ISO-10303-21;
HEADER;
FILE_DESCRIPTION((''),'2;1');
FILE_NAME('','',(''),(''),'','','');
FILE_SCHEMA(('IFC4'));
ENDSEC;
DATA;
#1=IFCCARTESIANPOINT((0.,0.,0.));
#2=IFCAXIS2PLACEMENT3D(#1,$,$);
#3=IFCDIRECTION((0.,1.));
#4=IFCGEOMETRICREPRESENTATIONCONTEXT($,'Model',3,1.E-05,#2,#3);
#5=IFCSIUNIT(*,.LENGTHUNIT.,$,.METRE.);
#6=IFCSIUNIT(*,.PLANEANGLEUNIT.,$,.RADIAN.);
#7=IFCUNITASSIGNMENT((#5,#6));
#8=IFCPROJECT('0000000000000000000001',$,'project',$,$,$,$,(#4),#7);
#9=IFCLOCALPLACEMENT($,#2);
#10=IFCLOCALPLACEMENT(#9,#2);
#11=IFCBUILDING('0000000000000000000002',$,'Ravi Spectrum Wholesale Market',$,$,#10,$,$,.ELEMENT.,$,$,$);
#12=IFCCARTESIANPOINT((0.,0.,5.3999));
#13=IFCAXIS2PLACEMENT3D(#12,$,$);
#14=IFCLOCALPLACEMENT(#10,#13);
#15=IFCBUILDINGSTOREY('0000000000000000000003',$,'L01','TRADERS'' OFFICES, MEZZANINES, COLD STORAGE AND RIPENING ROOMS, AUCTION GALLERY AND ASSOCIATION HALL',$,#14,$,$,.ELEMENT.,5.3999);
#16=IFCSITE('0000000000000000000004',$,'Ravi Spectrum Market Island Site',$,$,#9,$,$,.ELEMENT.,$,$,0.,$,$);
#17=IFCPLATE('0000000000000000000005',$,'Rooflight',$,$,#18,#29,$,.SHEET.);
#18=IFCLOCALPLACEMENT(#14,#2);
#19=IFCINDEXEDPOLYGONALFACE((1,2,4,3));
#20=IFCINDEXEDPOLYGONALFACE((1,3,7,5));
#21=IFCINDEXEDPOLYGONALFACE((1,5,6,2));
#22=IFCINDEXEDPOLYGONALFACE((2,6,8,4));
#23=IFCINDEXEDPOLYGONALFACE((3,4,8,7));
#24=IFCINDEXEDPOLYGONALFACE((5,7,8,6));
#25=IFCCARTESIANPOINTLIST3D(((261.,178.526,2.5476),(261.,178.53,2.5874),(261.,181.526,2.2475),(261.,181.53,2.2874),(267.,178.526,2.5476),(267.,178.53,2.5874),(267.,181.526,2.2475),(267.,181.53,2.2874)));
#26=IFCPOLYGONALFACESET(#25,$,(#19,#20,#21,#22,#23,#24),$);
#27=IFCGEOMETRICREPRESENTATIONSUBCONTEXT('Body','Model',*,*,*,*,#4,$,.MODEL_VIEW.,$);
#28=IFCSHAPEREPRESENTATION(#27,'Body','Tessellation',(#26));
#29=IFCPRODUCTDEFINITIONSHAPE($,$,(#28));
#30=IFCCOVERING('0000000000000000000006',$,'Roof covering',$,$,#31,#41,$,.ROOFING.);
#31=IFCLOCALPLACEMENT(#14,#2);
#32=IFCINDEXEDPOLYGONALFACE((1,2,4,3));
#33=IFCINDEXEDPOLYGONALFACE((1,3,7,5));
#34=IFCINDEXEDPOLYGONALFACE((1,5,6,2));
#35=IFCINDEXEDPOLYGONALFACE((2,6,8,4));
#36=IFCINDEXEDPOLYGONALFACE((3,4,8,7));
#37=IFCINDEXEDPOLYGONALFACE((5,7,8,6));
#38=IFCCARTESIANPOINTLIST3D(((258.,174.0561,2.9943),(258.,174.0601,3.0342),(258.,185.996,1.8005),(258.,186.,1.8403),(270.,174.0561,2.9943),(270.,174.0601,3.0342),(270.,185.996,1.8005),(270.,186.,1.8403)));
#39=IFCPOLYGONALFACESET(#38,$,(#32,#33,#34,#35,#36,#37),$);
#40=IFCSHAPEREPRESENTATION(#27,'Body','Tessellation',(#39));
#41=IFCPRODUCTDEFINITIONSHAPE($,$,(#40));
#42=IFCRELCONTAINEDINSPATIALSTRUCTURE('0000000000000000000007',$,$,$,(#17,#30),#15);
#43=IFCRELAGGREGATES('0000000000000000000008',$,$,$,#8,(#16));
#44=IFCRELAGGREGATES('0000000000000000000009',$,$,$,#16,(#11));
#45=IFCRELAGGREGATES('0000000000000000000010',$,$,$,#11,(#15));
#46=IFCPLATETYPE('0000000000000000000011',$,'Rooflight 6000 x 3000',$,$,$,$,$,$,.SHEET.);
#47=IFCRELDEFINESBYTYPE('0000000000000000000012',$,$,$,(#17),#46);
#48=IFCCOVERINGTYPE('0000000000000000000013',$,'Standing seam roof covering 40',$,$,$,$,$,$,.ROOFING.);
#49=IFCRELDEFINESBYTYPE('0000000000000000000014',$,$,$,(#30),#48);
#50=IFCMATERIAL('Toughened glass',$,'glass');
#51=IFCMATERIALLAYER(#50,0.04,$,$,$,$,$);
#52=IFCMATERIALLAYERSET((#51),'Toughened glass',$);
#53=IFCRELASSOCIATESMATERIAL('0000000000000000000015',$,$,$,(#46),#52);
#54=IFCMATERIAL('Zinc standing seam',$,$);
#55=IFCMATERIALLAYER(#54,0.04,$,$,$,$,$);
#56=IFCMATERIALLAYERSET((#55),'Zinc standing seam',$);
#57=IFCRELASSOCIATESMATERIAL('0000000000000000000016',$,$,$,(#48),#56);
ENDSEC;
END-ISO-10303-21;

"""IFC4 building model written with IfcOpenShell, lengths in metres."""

from ifc_helpers import new_model, si_unit, direction, frame, origin, place, context, subcontext, project, spatial, polyline, outline, extrude, material, layer, layer_set, type_object, element, save


model = new_model("IFC4")

# Units and contexts
model_context = context("Model", 3, precision=1e-05, world=origin(), true_north=direction((0.0, 1.0)))
body_context = subcontext(model_context, "Body", "Model", "MODEL_VIEW")
ifc_project = project(units=[si_unit("LENGTHUNIT", "METRE"), si_unit("PLANEANGLEUNIT", "RADIAN")], contexts=[model_context])

# Site, building, storey
site_placement = place(None, origin())
site = spatial("IfcSite", under=ifc_project, at=site_placement, Name="Ravi Spectrum Market Island Site", CompositionType="ELEMENT", RefElevation=0.0)
building_placement = place(site_placement, origin())
building = spatial("IfcBuilding", under=site, at=building_placement, Name="Ravi Spectrum Wholesale Market", CompositionType="ELEMENT")
storey_placement = place(building_placement, frame((0.0, 0.0, 5.3999)))
storey = spatial("IfcBuildingStorey", under=building, at=storey_placement, Name="L01", Description="TRADERS' OFFICES, MEZZANINES, COLD STORAGE AND RIPENING ROOMS, AUCTION GALLERY AND ASSOCIATION HALL", CompositionType="ELEMENT", Elevation=5.3999)

# Plate
ifc_material_1 = material(Name="Toughened glass", Category="glass")
ifc_layer_1 = layer(ifc_material_1, 0.04)
ifc_layer_set_1 = layer_set([ifc_layer_1], Name="Toughened glass")
plate_type = type_object("IfcPlateType", Name="Rooflight 6000 x 3000", PredefinedType="SHEET", material=ifc_layer_set_1)
plate_placement = place(storey_placement, frame((261.0, 178.53, 2.5874), z_axis=(0.0, 0.09952, 0.995036), x_axis=(1.0, 0.0, 0.0)))
element("IfcPlate", 1, at=plate_placement, inside=storey, type_object=plate_type, Name="Rooflight", PredefinedType="SHEET", context=body_context, shape_type="SweptSolid", body=[
    extrude(outline(polyline([(0.0, 0.0), (6.0, 0.0), (6.0, 3.015), (0.0, 3.015), (0.0, 0.0)])), origin(), (0.0, 0.0, -1.0), 0.04),
])

# Covering
ifc_material_2 = material(Name="Zinc standing seam")
ifc_layer_2 = layer(ifc_material_2, 0.04)
ifc_layer_set_2 = layer_set([ifc_layer_2], Name="Zinc standing seam")
covering_type = type_object("IfcCoveringType", Name="Standing seam roof covering 40", PredefinedType="ROOFING", material=ifc_layer_set_2)
covering_placement = place(storey_placement, frame((270.0, 186.0, 1.8403), z_axis=(0.0, 0.099492, 0.995038), x_axis=(0.0, -0.995038, 0.099492)))
element("IfcCovering", 2, at=covering_placement, inside=storey, type_object=covering_type, Name="Roof covering", PredefinedType="ROOFING", context=body_context, shape_type="SweptSolid", body=[
    extrude(outline(polyline([(0.0, 0.0), (11.9995, 0.0), (11.9995, -12.0), (0.0, -12.0), (0.0, 0.0)])), origin(), (0.0, 0.0, -1.0), 0.04),
])

save(model, "model.ifc")
